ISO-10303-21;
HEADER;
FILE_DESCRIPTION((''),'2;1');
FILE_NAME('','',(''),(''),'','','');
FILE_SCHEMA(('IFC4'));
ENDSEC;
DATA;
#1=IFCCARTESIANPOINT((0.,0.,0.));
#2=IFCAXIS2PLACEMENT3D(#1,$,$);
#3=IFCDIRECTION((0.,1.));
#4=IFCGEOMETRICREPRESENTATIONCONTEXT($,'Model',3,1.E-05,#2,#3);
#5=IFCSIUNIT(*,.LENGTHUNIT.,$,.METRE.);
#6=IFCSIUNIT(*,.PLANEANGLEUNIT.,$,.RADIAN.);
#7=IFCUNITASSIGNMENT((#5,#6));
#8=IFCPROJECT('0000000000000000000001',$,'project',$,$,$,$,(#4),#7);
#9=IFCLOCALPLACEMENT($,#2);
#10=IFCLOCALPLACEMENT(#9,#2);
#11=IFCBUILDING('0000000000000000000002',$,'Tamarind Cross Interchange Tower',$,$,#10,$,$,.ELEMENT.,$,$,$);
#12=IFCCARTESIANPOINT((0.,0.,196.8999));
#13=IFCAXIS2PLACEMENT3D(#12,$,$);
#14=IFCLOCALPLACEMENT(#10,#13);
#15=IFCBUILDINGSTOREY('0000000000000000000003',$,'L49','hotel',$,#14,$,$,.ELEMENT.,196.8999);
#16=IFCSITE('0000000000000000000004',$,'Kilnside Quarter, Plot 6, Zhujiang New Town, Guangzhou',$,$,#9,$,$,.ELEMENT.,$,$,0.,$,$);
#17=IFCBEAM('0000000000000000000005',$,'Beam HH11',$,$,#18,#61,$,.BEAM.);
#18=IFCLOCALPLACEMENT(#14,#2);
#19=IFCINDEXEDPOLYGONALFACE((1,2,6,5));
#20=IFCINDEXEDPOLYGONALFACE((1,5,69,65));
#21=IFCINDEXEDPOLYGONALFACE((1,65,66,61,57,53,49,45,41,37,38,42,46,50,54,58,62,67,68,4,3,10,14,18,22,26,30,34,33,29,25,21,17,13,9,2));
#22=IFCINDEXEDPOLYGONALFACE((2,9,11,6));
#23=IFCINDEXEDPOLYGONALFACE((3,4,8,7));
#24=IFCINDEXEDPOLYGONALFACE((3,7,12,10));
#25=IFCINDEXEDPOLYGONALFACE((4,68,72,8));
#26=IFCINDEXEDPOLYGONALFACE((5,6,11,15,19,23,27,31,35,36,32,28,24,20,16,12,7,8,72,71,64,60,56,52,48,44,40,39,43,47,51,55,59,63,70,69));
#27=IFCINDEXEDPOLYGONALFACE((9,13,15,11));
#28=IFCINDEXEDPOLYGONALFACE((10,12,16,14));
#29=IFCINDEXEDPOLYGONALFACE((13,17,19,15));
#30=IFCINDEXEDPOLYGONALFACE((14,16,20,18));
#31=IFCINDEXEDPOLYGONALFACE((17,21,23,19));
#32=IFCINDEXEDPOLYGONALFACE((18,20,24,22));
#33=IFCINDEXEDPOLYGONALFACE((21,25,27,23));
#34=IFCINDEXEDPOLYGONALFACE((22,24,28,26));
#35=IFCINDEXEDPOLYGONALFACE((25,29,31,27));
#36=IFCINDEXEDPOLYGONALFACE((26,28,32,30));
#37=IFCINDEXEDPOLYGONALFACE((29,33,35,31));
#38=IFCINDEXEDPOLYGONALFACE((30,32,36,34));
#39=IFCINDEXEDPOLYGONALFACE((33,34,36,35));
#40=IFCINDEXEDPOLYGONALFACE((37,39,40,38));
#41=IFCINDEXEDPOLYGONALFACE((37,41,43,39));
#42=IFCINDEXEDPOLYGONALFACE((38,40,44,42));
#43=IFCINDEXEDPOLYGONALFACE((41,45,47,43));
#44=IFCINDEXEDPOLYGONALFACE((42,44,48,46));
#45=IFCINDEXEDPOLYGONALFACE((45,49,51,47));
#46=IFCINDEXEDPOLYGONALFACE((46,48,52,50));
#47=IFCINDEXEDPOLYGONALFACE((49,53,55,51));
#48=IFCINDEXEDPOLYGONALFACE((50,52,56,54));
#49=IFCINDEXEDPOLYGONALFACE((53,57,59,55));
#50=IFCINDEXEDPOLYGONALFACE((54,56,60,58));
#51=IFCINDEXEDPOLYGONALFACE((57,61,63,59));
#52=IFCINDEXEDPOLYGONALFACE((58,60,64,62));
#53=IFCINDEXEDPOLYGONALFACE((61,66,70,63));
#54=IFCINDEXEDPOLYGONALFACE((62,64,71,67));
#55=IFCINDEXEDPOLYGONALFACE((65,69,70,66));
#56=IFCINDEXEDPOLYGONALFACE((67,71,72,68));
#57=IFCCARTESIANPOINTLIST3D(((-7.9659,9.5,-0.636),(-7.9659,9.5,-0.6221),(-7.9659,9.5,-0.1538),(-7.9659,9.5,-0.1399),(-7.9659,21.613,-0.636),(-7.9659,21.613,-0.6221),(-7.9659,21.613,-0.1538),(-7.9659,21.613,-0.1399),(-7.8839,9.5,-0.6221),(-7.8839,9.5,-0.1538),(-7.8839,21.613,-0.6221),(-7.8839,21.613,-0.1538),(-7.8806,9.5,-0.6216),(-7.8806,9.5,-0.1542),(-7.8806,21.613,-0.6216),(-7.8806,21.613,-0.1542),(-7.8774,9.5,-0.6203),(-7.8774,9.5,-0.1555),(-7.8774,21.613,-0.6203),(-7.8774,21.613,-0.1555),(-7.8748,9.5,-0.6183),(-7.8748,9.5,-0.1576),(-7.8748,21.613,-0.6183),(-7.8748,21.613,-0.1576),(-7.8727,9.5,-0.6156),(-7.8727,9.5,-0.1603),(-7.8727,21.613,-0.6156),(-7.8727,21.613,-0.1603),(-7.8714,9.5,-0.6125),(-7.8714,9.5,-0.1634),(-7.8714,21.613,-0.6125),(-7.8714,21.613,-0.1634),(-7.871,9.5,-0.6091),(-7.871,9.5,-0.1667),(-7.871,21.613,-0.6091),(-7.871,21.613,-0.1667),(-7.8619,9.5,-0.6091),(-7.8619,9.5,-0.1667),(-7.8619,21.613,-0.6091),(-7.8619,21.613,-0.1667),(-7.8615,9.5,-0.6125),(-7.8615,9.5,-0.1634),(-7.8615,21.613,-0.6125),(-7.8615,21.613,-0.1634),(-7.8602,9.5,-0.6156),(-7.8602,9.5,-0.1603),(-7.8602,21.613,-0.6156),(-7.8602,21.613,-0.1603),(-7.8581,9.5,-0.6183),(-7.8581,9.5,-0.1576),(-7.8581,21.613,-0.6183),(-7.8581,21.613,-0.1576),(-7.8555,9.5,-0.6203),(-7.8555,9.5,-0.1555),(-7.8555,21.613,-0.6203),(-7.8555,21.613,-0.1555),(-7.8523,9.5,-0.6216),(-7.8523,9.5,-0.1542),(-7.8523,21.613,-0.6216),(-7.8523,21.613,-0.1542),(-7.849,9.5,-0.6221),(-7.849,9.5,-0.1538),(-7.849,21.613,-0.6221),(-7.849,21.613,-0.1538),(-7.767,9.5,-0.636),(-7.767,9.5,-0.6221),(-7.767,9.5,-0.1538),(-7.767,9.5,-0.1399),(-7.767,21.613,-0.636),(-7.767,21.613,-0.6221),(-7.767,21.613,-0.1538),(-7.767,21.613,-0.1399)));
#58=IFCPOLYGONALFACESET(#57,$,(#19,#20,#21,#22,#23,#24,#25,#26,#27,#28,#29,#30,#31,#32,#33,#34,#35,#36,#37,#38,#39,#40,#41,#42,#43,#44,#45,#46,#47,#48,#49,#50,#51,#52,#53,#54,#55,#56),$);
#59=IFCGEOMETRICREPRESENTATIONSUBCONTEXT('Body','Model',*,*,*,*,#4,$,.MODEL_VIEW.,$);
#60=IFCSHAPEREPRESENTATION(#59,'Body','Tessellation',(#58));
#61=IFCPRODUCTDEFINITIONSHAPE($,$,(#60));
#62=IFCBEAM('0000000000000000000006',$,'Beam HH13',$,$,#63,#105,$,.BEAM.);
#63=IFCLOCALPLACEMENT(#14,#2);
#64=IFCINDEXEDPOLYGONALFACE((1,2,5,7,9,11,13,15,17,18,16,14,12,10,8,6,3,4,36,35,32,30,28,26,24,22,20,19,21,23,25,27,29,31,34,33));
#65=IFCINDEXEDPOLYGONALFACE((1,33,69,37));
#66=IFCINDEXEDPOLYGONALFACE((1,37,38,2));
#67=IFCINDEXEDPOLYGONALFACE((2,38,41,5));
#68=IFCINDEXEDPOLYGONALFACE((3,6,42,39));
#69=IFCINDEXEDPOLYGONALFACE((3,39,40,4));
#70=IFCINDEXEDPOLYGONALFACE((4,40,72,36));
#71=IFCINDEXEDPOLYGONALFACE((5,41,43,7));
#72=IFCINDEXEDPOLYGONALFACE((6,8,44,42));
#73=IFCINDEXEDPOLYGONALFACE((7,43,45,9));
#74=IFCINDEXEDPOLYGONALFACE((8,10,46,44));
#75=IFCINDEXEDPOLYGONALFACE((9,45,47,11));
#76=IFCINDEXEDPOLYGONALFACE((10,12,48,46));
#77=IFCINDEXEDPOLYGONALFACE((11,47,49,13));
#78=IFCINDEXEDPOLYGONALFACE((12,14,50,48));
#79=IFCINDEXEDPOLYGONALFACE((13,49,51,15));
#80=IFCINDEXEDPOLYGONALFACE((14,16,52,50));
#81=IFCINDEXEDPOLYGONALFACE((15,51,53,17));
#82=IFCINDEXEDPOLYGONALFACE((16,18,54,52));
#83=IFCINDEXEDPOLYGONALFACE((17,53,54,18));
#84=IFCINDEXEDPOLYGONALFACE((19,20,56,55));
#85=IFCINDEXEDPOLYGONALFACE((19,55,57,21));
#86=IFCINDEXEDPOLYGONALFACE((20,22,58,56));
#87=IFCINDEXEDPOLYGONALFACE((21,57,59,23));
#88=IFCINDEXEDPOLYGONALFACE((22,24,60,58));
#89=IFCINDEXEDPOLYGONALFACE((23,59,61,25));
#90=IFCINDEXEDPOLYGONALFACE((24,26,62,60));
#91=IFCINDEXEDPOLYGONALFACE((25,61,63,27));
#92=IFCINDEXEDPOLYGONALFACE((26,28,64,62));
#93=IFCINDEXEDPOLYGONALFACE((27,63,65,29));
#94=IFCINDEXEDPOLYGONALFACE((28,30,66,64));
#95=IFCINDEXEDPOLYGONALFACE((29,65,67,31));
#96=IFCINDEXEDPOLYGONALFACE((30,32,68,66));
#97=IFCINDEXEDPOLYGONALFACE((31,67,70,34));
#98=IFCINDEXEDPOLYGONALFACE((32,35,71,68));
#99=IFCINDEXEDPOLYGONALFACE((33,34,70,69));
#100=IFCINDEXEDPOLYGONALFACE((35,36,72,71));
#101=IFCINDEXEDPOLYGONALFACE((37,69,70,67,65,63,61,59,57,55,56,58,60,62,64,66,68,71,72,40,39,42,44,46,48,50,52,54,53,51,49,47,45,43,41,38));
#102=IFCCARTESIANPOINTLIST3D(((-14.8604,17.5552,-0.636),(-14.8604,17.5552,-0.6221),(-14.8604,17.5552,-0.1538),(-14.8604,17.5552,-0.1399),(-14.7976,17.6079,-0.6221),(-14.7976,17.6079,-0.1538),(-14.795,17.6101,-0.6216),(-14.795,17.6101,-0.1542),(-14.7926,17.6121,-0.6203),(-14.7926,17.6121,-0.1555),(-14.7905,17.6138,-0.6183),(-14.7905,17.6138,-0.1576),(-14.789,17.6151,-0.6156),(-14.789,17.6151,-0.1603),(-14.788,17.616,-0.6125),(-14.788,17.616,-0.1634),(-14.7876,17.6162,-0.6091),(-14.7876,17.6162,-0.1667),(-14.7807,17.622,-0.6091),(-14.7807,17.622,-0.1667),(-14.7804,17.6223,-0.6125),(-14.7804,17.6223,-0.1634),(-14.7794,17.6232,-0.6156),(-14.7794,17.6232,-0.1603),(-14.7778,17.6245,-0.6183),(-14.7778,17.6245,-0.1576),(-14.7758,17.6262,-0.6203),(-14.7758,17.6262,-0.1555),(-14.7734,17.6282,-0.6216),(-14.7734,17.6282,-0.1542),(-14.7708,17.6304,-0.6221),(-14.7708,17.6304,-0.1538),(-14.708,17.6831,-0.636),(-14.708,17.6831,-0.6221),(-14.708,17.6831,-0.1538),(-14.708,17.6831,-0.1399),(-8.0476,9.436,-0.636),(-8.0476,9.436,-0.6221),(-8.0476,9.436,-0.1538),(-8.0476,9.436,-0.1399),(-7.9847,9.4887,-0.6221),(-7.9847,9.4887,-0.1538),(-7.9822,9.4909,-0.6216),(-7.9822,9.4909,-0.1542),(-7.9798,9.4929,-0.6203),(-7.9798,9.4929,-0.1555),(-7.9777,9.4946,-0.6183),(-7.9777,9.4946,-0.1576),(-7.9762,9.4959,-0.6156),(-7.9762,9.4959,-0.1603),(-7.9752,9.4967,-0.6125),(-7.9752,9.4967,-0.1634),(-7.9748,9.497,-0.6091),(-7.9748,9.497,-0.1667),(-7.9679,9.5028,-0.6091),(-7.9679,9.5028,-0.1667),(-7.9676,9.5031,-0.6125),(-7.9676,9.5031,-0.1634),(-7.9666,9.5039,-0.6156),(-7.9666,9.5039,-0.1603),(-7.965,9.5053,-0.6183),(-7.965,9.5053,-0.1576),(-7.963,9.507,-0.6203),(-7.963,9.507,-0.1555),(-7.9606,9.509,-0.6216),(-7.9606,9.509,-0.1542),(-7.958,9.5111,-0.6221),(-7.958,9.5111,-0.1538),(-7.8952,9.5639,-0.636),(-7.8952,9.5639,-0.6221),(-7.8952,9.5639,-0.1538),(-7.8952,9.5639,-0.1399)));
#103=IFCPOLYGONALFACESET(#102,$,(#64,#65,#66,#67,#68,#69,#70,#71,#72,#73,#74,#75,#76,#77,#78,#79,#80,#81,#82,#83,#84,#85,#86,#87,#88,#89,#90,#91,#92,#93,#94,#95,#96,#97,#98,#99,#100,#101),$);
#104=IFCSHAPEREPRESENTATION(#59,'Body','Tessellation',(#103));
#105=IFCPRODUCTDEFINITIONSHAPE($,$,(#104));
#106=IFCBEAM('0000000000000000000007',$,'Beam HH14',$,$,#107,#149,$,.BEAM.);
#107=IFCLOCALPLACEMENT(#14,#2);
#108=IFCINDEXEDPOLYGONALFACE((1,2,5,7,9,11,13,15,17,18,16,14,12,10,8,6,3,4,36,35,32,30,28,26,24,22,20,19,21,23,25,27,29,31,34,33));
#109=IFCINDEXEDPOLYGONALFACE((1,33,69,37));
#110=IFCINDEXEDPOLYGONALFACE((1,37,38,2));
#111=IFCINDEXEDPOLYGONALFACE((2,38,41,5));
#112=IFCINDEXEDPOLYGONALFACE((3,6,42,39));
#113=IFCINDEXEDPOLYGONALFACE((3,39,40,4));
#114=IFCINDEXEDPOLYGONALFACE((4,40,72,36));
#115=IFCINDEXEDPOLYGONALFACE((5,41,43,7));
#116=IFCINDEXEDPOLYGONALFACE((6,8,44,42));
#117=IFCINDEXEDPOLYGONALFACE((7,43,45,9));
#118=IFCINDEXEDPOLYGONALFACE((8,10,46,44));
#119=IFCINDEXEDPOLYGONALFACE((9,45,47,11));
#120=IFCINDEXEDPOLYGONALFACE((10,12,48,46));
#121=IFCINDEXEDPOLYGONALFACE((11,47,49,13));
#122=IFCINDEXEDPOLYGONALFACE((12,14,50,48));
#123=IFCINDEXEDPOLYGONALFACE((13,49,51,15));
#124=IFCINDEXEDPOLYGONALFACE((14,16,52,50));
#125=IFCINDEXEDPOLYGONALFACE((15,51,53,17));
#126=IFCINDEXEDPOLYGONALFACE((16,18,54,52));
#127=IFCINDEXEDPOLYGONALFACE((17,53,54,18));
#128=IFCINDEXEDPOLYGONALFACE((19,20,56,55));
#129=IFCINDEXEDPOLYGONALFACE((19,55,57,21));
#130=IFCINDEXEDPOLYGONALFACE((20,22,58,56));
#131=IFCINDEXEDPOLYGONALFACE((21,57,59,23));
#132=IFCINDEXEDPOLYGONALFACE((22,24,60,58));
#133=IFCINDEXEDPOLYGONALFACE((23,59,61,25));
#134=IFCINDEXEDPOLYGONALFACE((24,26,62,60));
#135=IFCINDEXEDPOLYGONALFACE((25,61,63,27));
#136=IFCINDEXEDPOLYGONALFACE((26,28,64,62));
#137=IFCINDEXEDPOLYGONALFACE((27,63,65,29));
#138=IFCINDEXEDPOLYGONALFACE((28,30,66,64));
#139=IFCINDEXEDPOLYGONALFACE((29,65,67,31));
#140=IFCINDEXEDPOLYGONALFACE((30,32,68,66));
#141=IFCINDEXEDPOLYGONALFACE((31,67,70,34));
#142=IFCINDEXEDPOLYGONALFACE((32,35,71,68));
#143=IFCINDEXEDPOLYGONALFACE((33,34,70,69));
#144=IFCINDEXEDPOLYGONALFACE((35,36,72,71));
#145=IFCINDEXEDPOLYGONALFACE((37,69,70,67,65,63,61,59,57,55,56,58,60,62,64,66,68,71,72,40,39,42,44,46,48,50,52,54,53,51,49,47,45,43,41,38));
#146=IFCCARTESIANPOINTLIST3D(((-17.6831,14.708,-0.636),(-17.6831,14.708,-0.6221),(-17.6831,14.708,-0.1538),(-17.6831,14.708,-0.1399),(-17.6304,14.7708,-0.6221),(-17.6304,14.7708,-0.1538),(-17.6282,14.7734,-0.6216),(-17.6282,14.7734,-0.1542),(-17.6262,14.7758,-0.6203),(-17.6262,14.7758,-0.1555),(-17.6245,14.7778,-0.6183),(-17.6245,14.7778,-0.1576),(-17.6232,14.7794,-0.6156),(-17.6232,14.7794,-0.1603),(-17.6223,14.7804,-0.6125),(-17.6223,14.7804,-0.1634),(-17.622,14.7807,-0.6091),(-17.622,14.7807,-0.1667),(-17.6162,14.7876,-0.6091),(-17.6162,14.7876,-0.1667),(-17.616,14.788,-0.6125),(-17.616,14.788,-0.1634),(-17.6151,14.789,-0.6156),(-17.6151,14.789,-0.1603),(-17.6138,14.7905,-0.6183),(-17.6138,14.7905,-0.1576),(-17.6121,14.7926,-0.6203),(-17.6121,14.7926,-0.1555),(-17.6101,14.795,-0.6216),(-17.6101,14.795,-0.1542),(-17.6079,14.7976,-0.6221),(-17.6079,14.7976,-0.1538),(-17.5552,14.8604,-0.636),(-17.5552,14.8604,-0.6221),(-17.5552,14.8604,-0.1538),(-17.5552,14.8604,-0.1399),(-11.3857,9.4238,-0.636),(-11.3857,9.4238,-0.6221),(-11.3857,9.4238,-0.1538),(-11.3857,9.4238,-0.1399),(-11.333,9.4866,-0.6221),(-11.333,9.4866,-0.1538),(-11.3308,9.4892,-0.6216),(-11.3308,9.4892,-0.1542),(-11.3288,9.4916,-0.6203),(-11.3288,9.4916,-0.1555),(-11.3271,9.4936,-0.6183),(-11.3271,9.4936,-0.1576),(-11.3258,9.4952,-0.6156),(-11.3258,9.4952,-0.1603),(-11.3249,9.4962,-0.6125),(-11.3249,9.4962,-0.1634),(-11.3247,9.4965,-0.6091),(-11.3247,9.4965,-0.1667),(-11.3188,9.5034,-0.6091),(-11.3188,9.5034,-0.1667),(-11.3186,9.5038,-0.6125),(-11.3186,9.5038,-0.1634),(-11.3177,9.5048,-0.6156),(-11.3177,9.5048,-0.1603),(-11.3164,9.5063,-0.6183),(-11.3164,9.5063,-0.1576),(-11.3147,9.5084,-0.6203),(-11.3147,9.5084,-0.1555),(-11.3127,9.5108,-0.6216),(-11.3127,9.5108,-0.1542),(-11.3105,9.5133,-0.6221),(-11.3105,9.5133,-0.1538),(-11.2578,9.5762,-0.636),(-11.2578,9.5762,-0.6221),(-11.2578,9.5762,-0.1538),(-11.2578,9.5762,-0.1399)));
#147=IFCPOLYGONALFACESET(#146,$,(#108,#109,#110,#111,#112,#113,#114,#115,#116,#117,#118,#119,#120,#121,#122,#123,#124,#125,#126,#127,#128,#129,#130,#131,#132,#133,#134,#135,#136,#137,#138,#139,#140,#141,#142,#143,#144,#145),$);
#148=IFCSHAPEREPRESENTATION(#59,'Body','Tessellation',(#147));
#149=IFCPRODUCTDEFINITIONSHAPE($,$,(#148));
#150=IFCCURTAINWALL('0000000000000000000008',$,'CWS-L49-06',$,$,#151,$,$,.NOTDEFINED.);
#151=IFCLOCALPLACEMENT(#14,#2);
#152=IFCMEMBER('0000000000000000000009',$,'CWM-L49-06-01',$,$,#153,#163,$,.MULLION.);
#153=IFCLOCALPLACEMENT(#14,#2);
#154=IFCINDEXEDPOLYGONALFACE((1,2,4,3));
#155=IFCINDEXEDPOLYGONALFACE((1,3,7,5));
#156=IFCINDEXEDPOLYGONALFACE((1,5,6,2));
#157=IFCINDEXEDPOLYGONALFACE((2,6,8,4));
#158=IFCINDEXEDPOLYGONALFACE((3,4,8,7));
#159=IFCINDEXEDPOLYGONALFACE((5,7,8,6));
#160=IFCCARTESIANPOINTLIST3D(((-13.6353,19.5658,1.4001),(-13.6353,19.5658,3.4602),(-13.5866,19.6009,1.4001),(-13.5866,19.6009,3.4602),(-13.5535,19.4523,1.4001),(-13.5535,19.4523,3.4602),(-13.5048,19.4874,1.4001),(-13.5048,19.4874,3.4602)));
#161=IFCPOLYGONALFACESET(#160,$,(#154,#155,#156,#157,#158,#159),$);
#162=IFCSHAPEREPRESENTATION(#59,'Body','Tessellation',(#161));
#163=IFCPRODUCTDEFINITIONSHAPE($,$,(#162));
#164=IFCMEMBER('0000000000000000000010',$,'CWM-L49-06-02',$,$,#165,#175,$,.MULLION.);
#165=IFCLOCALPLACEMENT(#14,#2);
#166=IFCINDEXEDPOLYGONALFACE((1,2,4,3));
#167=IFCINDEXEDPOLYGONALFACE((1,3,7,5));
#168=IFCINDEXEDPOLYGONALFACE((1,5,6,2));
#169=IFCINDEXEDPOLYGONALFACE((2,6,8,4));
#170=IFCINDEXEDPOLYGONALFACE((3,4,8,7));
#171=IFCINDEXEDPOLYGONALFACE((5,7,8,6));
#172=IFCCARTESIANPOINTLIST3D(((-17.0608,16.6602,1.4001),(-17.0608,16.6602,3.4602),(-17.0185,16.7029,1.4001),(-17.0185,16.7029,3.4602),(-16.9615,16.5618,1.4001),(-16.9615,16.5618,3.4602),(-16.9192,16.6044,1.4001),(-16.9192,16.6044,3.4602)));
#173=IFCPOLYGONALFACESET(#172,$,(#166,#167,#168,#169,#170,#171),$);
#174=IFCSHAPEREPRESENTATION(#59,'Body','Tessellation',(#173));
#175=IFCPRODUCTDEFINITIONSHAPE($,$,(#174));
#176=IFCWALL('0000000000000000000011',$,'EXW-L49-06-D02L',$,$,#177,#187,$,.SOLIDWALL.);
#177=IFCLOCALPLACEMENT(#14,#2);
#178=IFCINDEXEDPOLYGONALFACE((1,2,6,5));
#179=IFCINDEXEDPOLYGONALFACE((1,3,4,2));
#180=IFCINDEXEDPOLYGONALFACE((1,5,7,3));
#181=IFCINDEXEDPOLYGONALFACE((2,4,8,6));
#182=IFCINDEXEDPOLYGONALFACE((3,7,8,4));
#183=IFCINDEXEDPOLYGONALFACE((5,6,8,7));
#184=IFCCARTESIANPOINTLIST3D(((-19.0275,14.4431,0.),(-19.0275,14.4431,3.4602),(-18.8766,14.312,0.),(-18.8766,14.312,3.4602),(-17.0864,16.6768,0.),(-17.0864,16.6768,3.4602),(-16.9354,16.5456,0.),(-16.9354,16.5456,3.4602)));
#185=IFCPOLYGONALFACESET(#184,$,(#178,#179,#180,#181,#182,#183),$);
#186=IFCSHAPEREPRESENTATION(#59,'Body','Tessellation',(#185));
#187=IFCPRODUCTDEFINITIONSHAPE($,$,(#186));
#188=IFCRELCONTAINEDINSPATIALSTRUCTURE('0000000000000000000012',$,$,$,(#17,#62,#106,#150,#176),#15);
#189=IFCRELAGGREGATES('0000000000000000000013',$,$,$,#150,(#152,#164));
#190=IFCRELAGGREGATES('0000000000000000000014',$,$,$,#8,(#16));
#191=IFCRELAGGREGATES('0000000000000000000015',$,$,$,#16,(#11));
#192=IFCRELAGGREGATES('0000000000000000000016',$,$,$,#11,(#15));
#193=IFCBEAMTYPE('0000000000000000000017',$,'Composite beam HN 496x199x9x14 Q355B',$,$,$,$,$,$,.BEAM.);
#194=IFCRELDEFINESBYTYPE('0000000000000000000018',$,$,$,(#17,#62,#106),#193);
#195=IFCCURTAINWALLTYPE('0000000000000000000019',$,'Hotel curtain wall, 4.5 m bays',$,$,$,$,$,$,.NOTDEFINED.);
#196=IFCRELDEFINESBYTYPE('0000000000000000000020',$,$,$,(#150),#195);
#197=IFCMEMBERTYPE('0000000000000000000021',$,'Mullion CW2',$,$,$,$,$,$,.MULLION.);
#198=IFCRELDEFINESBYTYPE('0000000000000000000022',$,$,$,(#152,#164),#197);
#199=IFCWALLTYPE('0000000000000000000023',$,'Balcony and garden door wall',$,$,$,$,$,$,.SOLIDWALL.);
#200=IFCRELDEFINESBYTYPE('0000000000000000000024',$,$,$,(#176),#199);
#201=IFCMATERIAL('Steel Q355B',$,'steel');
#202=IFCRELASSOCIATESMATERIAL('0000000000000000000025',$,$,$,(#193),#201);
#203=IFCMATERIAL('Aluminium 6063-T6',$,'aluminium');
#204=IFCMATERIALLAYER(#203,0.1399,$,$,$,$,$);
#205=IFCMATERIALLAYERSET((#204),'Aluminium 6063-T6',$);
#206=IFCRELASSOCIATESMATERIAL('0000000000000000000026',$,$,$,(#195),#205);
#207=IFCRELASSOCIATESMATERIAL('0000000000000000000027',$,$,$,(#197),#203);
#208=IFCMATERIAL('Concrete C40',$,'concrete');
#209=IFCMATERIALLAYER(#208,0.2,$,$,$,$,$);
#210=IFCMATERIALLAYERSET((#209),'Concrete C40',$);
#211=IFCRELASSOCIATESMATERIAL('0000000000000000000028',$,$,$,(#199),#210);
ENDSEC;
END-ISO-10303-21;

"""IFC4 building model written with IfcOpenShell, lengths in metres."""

from ifc_helpers import new_model, si_unit, direction, frame, frame_2d, origin, origin_2d, place, context, subcontext, project, spatial, rectangle, i_section, extrude, material, layer, layer_set, material_profile, profile_set, type_object, element, aggregate, save


model = new_model("IFC4")

# Units and contexts
model_context = context("Model", 3, precision=1e-05, world=origin(), true_north=direction((0.0, 1.0)))
body_context = subcontext(model_context, "Body", "Model", "MODEL_VIEW")
ifc_project = project(units=[si_unit("LENGTHUNIT", "METRE"), si_unit("PLANEANGLEUNIT", "RADIAN")], contexts=[model_context])

# Site, building, storey
site_placement = place(None, origin())
site = spatial("IfcSite", under=ifc_project, at=site_placement, Name="Kilnside Quarter, Plot 6, Zhujiang New Town, Guangzhou", CompositionType="ELEMENT", RefElevation=0.0)
building_placement = place(site_placement, origin())
building = spatial("IfcBuilding", under=site, at=building_placement, Name="Tamarind Cross Interchange Tower", CompositionType="ELEMENT")
storey_placement = place(building_placement, frame((0.0, 0.0, 196.8999)))
storey = spatial("IfcBuildingStorey", under=building, at=storey_placement, Name="L49", Description="hotel", CompositionType="ELEMENT", Elevation=196.8999)

# Beams
ifc_material_1 = material(Name="Steel Q355B", Category="steel")
ifc_material_profile_1 = material_profile(ifc_material_1, i_section(OverallWidth=0.199, OverallDepth=0.4961, WebThickness=0.009, FlangeThickness=0.0139, FilletRadius=0.0129, at=origin_2d()), Name="HN 496x199x9x14")
ifc_profile_set_1 = profile_set([ifc_material_profile_1], Name="Steel Q355B")
beam_type = type_object("IfcBeamType", Name="Composite beam HN 496x199x9x14 Q355B", PredefinedType="BEAM", material=ifc_profile_set_1)
beam_1_placement = place(storey_placement, frame((-7.8665, 21.613, -0.3879), z_axis=(0.0, -1.0, 0.0), x_axis=(1.0, 0.0, 0.0)))
element("IfcBeam", 1, at=beam_1_placement, inside=storey, type_object=beam_type, Name="Beam HH11", PredefinedType="BEAM", context=body_context, shape_type="SweptSolid", body=[
    extrude(i_section(OverallWidth=0.199, OverallDepth=0.4961, WebThickness=0.009, FlangeThickness=0.0139, FilletRadius=0.0129, at=origin_2d()), origin(), (0.0, 0.0, 1.0), 12.113),
])
beam_2_placement = place(storey_placement, frame((-14.7842, 17.6191, -0.3879), z_axis=(0.642786, -0.766046, 0.0), x_axis=(0.766046, 0.642786, 0.0)))
element("IfcBeam", 2, at=beam_2_placement, inside=storey, type_object=beam_type, Name="Beam HH13", PredefinedType="BEAM", context=body_context, shape_type="SweptSolid", body=[
    extrude(i_section(OverallWidth=0.199, OverallDepth=0.4961, WebThickness=0.009, FlangeThickness=0.0139, FilletRadius=0.0129, at=origin_2d()), origin(), (0.0, 0.0, 1.0), 10.5989),
])
beam_3_placement = place(storey_placement, frame((-17.6191, 14.7842, -0.3879), z_axis=(0.766041, -0.642792, 0.0), x_axis=(0.642792, 0.766041, 0.0)))
element("IfcBeam", 3, at=beam_3_placement, inside=storey, type_object=beam_type, Name="Beam HH14", PredefinedType="BEAM", context=body_context, shape_type="SweptSolid", body=[
    extrude(i_section(OverallWidth=0.199, OverallDepth=0.4961, WebThickness=0.009, FlangeThickness=0.0139, FilletRadius=0.0129, at=origin_2d()), origin(), (0.0, 0.0, 1.0), 8.2207),
])

# Curtain wall, members
ifc_material_2 = material(Name="Aluminium 6063-T6", Category="aluminium")
ifc_layer_1 = layer(ifc_material_2, 0.1399)
ifc_layer_set_1 = layer_set([ifc_layer_1], Name="Aluminium 6063-T6")
curtain_wall_type = type_object("IfcCurtainWallType", Name="Hotel curtain wall, 4.5 m bays", PredefinedType="NOTDEFINED", material=ifc_layer_set_1)
curtain_wall_placement = place(storey_placement, origin())
curtain_wall = element("IfcCurtainWall", 4, at=curtain_wall_placement, inside=storey, type_object=curtain_wall_type, Name="CWS-L49-06", PredefinedType="NOTDEFINED")
ifc_material_profile_2 = material_profile(ifc_material_2, rectangle(XDim=0.0601, YDim=0.1399, at=origin_2d()), Name="Mullion CW2")
ifc_profile_set_2 = profile_set([ifc_material_profile_2], Name="Aluminium 6063-T6")
member_type = type_object("IfcMemberType", Name="Mullion CW2", PredefinedType="MULLION", material=ifc_profile_set_2)
member_1_placement = place(storey_placement, frame((-13.5701, 19.5266, 1.4001), z_axis=(0.0, 0.0, 1.0), x_axis=(-0.811294, -0.584638, 0.0)))
member_1 = element("IfcMember", 5, at=member_1_placement, type_object=member_type, Name="CWM-L49-06-01", PredefinedType="MULLION", context=body_context, shape_type="SweptSolid", body=[
    extrude(rectangle(XDim=0.0601, YDim=0.1399, at=origin_2d()), origin(), (0.0, 0.0, 1.0), 2.0601),
])
member_2_placement = place(storey_placement, frame((-16.99, 16.6323, 1.4001), z_axis=(0.0, 0.0, 1.0), x_axis=(-0.704057, -0.710143, 0.0)))
member_2 = element("IfcMember", 6, at=member_2_placement, type_object=member_type, Name="CWM-L49-06-02", PredefinedType="MULLION", context=body_context, shape_type="SweptSolid", body=[
    extrude(rectangle(XDim=0.0601, YDim=0.1399, at=origin_2d()), origin(), (0.0, 0.0, 1.0), 2.0601),
])
aggregate(curtain_wall, [member_1, member_2])

# Wall
ifc_material_3 = material(Name="Concrete C40", Category="concrete")
ifc_layer_2 = layer(ifc_material_3, 0.2)
ifc_layer_set_2 = layer_set([ifc_layer_2], Name="Concrete C40")
wall_type_1 = type_object("IfcWallType", Name="Balcony and garden door wall", PredefinedType="SOLIDWALL", material=ifc_layer_set_2)
wall_1_placement = place(storey_placement, frame((-17.011, 16.6111, 0.0), z_axis=(0.0, 0.0, 1.0), x_axis=(-0.65596, -0.754796, 0.0)))
element("IfcWall", 7, at=wall_1_placement, inside=storey, type_object=wall_type_1, Name="EXW-L49-06-D02L", PredefinedType="SOLIDWALL", context=body_context, shape_type="SweptSolid", body=[
    extrude(rectangle(XDim=2.9592, YDim=0.2, at=frame_2d((1.4795, 0.0))), origin(), (0.0, 0.0, 1.0), 3.4602),
])

save(model, "model.ifc")
